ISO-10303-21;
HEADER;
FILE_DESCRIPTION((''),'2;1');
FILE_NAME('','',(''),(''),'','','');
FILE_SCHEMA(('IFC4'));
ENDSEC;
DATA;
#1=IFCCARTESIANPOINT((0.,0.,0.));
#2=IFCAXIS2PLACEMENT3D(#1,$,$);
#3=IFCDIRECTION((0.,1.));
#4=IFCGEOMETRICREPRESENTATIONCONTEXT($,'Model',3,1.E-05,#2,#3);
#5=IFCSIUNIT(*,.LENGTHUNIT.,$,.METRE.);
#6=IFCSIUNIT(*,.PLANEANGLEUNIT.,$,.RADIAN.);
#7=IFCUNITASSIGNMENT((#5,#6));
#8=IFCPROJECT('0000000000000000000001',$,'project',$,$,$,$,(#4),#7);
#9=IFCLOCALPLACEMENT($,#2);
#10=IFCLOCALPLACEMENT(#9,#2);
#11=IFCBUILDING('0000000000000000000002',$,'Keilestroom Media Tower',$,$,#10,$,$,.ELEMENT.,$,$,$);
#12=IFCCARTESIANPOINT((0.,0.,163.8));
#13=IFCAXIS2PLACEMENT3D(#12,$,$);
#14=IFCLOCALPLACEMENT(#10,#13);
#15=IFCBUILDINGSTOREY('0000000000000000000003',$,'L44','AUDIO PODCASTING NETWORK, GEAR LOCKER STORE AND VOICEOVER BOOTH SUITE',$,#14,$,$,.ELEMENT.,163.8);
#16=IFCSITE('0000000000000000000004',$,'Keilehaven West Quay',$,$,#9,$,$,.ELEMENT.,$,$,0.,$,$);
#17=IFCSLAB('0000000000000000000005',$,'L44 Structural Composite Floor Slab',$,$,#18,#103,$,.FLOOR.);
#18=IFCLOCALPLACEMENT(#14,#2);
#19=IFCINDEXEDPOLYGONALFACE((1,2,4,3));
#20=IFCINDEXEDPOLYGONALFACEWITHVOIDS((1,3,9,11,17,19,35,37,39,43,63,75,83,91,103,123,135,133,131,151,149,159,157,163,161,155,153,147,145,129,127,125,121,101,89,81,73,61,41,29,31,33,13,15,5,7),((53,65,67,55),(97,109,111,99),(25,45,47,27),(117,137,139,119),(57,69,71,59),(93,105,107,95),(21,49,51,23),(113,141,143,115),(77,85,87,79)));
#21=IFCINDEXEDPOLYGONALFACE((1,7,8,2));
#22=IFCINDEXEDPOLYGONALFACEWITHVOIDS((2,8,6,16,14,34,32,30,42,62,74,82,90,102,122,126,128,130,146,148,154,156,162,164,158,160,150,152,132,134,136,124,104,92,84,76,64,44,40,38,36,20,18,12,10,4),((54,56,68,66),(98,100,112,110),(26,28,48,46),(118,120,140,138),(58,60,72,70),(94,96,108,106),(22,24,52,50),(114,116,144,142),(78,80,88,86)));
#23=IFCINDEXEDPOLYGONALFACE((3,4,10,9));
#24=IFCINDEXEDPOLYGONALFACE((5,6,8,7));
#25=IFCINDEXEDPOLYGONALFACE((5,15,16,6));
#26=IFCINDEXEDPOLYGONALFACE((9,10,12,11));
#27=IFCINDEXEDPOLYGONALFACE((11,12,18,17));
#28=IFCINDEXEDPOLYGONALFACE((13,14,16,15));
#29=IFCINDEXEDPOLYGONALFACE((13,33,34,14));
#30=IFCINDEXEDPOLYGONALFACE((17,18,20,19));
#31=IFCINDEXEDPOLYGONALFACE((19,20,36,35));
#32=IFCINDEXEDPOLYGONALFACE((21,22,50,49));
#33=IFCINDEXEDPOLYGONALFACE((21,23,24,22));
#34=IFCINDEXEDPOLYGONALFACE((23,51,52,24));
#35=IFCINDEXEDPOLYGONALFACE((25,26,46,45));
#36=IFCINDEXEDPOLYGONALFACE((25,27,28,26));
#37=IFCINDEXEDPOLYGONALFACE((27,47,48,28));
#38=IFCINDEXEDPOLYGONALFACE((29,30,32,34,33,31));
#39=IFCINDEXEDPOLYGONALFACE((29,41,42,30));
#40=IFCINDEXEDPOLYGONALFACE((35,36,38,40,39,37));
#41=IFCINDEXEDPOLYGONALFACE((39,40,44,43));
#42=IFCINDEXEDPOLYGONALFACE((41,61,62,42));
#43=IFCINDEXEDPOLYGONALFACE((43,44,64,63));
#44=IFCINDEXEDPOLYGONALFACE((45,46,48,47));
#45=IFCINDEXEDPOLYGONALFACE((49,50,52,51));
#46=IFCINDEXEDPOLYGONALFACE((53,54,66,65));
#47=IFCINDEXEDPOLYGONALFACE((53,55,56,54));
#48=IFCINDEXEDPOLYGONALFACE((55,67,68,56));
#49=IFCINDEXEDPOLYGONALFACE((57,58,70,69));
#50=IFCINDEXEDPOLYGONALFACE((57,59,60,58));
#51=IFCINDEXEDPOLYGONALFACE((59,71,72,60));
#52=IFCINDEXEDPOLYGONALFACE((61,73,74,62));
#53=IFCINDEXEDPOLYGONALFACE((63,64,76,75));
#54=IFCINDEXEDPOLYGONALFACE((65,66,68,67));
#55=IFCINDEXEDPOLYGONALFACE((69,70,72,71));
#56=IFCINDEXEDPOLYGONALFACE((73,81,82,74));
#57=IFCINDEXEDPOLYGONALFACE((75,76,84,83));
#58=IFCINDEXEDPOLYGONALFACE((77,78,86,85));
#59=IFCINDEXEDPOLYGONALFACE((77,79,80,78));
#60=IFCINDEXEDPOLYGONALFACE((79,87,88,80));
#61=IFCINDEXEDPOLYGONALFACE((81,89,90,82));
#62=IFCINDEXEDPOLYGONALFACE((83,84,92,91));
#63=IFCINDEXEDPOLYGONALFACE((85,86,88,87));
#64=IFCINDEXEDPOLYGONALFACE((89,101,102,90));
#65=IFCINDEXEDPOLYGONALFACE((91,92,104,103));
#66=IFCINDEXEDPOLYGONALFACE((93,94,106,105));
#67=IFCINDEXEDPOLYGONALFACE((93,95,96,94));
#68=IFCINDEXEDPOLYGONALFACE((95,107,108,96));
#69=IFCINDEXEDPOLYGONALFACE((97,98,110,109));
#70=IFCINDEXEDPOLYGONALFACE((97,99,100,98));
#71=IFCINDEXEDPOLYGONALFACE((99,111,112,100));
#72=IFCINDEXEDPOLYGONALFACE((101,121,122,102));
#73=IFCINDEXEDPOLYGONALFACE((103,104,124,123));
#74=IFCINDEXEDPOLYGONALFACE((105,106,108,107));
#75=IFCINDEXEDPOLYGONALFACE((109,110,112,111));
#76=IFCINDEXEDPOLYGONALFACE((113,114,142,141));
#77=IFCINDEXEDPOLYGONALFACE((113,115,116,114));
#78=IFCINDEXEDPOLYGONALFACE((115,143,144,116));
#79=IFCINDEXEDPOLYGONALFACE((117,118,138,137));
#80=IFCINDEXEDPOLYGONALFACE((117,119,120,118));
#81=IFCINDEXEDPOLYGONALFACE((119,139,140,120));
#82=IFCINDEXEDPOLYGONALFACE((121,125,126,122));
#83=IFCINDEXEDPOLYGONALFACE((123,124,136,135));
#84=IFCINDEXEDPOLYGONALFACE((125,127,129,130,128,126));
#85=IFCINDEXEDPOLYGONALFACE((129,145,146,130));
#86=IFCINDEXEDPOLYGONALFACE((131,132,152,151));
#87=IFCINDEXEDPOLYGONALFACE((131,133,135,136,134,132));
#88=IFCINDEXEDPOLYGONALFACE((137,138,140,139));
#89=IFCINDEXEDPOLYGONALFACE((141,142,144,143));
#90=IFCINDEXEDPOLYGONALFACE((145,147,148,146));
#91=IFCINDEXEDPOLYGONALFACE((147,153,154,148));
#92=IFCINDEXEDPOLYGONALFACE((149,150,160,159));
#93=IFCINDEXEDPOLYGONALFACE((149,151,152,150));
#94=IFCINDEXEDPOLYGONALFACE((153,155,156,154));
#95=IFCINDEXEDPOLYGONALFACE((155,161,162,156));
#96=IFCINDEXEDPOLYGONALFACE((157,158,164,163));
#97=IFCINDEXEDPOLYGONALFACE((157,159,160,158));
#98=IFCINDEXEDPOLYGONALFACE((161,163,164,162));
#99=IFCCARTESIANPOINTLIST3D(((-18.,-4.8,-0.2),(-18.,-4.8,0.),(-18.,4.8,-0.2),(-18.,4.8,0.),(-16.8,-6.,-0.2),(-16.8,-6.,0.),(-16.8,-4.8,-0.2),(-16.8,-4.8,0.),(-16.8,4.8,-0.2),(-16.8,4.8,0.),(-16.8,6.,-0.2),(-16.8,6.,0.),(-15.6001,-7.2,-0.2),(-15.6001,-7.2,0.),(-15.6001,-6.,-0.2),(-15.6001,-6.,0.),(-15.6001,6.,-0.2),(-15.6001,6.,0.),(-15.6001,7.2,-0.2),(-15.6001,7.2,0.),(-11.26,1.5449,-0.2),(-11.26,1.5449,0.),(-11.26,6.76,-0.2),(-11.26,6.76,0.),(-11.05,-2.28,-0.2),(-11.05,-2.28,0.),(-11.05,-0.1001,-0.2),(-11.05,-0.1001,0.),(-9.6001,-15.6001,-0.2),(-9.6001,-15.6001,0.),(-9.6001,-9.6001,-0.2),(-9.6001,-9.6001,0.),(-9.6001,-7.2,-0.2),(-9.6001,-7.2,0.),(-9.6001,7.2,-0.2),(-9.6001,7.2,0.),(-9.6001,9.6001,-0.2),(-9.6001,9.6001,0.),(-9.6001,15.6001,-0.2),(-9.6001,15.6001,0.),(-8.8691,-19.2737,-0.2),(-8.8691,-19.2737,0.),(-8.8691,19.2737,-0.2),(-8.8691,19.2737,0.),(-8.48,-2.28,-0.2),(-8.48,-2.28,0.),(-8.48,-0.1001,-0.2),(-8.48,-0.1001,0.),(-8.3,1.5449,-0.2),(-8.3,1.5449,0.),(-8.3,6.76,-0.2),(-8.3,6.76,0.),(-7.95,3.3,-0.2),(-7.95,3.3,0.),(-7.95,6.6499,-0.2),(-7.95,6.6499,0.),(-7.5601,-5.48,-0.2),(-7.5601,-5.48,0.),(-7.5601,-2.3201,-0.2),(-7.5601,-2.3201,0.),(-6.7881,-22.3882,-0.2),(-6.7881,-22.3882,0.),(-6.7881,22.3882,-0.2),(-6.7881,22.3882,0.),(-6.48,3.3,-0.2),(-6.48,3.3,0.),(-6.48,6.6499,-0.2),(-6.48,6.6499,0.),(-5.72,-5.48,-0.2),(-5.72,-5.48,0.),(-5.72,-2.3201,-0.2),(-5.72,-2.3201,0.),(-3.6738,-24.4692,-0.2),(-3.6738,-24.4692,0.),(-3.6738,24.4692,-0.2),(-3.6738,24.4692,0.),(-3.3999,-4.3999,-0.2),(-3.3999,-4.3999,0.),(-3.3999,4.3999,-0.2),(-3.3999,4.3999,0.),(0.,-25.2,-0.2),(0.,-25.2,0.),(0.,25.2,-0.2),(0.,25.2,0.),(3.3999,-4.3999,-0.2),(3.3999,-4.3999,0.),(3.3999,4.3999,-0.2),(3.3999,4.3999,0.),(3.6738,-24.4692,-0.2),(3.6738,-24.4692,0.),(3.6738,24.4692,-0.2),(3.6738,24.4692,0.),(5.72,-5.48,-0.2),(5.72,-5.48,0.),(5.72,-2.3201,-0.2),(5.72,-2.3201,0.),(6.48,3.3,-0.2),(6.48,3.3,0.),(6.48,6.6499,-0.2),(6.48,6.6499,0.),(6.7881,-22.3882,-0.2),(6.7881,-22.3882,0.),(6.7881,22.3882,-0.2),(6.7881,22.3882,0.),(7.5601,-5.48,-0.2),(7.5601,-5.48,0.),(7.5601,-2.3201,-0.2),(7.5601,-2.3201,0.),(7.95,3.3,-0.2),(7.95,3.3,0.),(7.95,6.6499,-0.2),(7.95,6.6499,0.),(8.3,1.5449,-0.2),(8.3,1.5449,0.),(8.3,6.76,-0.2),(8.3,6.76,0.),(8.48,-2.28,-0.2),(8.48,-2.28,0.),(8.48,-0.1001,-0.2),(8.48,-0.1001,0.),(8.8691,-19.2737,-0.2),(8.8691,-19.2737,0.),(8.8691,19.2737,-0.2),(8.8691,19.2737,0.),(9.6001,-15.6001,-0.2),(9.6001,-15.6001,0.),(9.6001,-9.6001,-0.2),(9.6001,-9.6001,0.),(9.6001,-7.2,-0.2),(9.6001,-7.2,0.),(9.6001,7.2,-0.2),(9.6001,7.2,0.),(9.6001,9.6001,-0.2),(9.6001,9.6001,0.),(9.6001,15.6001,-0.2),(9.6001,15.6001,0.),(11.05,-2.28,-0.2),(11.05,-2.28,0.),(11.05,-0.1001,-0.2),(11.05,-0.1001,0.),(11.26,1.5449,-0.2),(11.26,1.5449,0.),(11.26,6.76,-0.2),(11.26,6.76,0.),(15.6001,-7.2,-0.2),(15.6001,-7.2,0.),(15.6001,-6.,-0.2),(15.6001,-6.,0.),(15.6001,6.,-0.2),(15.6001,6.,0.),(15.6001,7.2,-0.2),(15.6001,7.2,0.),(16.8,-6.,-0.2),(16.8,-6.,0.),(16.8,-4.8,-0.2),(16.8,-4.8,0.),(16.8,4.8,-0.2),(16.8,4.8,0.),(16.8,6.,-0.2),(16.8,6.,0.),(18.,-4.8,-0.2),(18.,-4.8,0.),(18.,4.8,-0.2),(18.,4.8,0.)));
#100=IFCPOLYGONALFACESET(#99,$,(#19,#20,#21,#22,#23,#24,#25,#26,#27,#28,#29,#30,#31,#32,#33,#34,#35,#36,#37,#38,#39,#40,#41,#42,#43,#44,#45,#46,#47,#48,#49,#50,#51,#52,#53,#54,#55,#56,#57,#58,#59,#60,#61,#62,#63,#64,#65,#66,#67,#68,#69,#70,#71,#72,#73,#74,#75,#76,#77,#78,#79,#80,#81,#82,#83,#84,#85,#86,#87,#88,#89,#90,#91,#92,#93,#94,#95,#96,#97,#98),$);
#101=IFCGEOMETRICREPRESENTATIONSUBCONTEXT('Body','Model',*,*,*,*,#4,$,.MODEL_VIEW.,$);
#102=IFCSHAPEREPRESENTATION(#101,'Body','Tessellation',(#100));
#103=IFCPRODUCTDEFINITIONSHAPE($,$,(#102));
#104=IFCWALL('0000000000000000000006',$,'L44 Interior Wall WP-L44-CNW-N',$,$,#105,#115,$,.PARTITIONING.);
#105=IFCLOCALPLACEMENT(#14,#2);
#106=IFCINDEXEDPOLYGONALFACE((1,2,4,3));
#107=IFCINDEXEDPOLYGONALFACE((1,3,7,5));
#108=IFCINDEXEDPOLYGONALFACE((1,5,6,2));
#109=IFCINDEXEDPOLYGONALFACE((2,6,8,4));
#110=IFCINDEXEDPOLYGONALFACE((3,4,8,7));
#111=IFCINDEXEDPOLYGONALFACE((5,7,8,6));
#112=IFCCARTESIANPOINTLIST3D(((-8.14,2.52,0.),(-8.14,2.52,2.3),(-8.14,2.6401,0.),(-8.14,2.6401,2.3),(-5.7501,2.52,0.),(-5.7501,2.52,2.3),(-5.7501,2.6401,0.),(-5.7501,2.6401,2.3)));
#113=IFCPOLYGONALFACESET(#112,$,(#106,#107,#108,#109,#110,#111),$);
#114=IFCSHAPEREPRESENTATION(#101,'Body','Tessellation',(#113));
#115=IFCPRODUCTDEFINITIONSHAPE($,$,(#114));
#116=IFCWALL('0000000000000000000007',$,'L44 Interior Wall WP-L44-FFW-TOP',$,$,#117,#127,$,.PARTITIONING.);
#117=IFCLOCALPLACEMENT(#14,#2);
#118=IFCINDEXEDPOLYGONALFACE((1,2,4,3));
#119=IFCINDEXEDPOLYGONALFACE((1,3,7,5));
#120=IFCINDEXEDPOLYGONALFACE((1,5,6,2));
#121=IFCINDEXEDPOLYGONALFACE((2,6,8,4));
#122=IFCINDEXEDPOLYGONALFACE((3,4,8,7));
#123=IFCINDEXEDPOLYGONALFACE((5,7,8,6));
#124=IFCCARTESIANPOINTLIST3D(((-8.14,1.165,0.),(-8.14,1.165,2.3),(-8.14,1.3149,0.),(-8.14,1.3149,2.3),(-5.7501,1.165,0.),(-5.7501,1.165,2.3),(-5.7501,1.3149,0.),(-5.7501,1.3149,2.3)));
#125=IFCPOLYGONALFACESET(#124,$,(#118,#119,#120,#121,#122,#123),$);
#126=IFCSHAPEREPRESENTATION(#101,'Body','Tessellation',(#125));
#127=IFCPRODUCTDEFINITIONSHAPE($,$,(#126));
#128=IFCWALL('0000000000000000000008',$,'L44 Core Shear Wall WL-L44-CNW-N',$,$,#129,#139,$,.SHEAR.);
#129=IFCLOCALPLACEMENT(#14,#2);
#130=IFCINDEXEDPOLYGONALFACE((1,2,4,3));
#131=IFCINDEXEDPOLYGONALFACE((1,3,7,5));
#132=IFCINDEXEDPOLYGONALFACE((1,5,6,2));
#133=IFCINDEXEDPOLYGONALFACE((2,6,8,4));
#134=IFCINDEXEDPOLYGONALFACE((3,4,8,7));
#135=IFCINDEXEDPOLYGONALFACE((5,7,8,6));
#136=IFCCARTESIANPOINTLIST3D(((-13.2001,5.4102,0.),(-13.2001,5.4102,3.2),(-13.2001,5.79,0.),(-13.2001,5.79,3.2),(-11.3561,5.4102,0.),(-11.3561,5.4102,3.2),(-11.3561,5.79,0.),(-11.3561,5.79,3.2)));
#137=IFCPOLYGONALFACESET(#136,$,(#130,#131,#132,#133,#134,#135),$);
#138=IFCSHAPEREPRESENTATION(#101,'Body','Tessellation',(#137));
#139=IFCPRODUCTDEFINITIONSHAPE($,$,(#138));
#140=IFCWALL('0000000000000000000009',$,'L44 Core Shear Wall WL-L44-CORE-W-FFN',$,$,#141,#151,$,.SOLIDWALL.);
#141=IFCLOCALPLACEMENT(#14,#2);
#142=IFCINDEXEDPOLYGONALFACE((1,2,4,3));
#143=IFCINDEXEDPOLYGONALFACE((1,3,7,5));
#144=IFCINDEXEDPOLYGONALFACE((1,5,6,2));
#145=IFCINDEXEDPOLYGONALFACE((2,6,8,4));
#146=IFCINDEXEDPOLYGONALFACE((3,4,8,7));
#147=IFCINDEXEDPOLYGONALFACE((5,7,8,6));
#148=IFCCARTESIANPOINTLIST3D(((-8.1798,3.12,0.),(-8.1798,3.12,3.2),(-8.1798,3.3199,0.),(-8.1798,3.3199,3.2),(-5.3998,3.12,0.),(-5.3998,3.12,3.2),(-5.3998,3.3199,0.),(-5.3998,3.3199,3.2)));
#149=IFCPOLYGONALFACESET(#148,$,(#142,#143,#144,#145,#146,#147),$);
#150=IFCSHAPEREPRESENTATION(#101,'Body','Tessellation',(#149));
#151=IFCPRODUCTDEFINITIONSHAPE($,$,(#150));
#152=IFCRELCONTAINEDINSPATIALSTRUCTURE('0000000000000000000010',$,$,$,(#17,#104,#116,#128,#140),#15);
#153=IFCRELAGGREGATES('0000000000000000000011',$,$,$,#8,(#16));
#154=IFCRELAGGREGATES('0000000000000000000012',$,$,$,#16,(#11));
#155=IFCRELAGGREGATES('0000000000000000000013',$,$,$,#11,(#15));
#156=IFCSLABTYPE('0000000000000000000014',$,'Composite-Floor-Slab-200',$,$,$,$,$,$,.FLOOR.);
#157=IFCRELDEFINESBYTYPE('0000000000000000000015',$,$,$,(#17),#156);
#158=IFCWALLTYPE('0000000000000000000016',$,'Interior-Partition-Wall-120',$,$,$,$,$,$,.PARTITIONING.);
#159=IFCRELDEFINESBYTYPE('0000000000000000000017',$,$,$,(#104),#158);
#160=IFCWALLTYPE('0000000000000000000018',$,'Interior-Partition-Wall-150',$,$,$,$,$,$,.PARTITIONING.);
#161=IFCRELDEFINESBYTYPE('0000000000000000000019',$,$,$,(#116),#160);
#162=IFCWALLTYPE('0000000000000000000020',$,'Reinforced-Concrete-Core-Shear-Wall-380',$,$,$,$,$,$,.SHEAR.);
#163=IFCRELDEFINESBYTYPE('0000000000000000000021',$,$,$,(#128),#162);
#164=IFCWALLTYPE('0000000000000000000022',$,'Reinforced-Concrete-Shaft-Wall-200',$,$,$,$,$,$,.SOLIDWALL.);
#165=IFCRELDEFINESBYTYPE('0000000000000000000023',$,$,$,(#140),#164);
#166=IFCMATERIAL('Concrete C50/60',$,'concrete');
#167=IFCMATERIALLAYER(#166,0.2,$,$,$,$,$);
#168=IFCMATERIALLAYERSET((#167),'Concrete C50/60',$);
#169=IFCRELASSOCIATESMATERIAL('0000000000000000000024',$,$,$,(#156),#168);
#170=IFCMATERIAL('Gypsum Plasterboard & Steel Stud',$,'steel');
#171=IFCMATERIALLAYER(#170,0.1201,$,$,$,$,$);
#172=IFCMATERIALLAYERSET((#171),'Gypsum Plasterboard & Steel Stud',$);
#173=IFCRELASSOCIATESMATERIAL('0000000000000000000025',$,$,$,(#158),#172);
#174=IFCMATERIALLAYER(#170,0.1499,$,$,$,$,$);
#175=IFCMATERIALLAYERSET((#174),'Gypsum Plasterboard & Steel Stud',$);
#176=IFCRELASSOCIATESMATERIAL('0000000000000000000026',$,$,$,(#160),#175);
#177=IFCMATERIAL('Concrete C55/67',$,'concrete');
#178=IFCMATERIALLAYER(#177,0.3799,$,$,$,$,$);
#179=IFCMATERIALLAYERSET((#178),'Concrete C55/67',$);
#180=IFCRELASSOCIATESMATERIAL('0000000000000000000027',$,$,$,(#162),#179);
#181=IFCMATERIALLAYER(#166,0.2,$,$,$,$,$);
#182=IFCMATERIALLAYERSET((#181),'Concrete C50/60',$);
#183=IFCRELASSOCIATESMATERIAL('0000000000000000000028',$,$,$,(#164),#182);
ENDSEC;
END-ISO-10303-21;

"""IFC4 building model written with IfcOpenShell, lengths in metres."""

from ifc_helpers import new_model, si_unit, direction, frame, frame_2d, origin, place, context, subcontext, project, spatial, polyline, rectangle, outline, extrude, material, layer, layer_set, type_object, element, save


model = new_model("IFC4")

# Units and contexts
model_context = context("Model", 3, precision=1e-05, world=origin(), true_north=direction((0.0, 1.0)))
body_context = subcontext(model_context, "Body", "Model", "MODEL_VIEW")
ifc_project = project(units=[si_unit("LENGTHUNIT", "METRE"), si_unit("PLANEANGLEUNIT", "RADIAN")], contexts=[model_context])

# Site, building, storey
site_placement = place(None, origin())
site = spatial("IfcSite", under=ifc_project, at=site_placement, Name="Keilehaven West Quay", CompositionType="ELEMENT", RefElevation=0.0)
building_placement = place(site_placement, origin())
building = spatial("IfcBuilding", under=site, at=building_placement, Name="Keilestroom Media Tower", CompositionType="ELEMENT")
storey_placement = place(building_placement, frame((0.0, 0.0, 163.8)))
storey = spatial("IfcBuildingStorey", under=building, at=storey_placement, Name="L44", Description="AUDIO PODCASTING NETWORK, GEAR LOCKER STORE AND VOICEOVER BOOTH SUITE", CompositionType="ELEMENT", Elevation=163.8)

# Slab
ifc_material_1 = material(Name="Concrete C50/60", Category="concrete")
ifc_layer_1 = layer(ifc_material_1, 0.2)
ifc_layer_set_1 = layer_set([ifc_layer_1], Name="Concrete C50/60")
slab_type = type_object("IfcSlabType", Name="Composite-Floor-Slab-200", PredefinedType="FLOOR", material=ifc_layer_set_1)
slab_placement = place(storey_placement, frame((0.0, 0.0, -0.2)))
element("IfcSlab", 1, at=slab_placement, inside=storey, type_object=slab_type, Name="L44 Structural Composite Floor Slab", PredefinedType="FLOOR", context=body_context, shape_type="SweptSolid", body=[
    extrude(outline(polyline([(18.0, -4.8), (18.0, 4.8), (16.8, 4.8), (16.8, 6.0), (15.6001, 6.0), (15.6001, 7.2), (9.6001, 7.2), (9.6001, 9.6001), (9.6001, 15.6001), (8.8691, 19.2737), (6.7881, 22.3882), (3.6738, 24.4692), (0.0, 25.2), (-3.6738, 24.4692), (-6.7881, 22.3882), (-8.8691, 19.2737), (-9.6001, 15.6001), (-9.6001, 9.6001), (-9.6001, 7.2), (-15.6001, 7.2), (-15.6001, 6.0), (-16.8, 6.0), (-16.8, 4.8), (-18.0, 4.8), (-18.0, -4.8), (-16.8, -4.8), (-16.8, -6.0), (-15.6001, -6.0), (-15.6001, -7.2), (-9.6001, -7.2), (-9.6001, -9.6001), (-9.6001, -15.6001), (-8.8691, -19.2737), (-6.7881, -22.3882), (-3.6738, -24.4692), (0.0, -25.2), (3.6738, -24.4692), (6.7881, -22.3882), (8.8691, -19.2737), (9.6001, -15.6001), (9.6001, -9.6001), (9.6001, -7.2), (15.6001, -7.2), (15.6001, -6.0), (16.8, -6.0), (16.8, -4.8), (18.0, -4.8)]), holes=[polyline([(-11.26, 1.5449), (-11.26, 6.76), (-8.3, 6.76), (-8.3, 1.5449), (-11.26, 1.5449)]), polyline([(-11.05, -2.28), (-11.05, -0.1001), (-8.48, -0.1001), (-8.48, -2.28), (-11.05, -2.28)]), polyline([(-7.95, 3.3), (-7.95, 6.6499), (-6.48, 6.6499), (-6.48, 3.3), (-7.95, 3.3)]), polyline([(-7.5601, -2.3201), (-5.72, -2.3201), (-5.72, -5.48), (-7.5601, -5.48), (-7.5601, -2.3201)]), polyline([(3.3999, -4.3999), (-3.3999, -4.3999), (-3.3999, 4.3999), (3.3999, 4.3999), (3.3999, -4.3999)]), polyline([(7.5601, -2.3201), (7.5601, -5.48), (5.72, -5.48), (5.72, -2.3201), (7.5601, -2.3201)]), polyline([(6.48, 3.3), (6.48, 6.6499), (7.95, 6.6499), (7.95, 3.3), (6.48, 3.3)]), polyline([(8.3, 1.5449), (8.3, 6.76), (11.26, 6.76), (11.26, 1.5449), (8.3, 1.5449)]), polyline([(8.48, -2.28), (8.48, -0.1001), (11.05, -0.1001), (11.05, -2.28), (8.48, -2.28)])]), origin(), (0.0, 0.0, 1.0), 0.2),
])

# Walls
ifc_material_2 = material(Name="Gypsum Plasterboard & Steel Stud", Category="steel")
ifc_layer_2 = layer(ifc_material_2, 0.1201)
ifc_layer_set_2 = layer_set([ifc_layer_2], Name="Gypsum Plasterboard & Steel Stud")
wall_type_1 = type_object("IfcWallType", Name="Interior-Partition-Wall-120", PredefinedType="PARTITIONING", material=ifc_layer_set_2)
wall_1_placement = place(storey_placement, frame((-8.1399, 2.5801, 0.0), z_axis=(0.0, 0.0, 1.0), x_axis=(1.0, 0.0, 0.0)))
element("IfcWall", 2, at=wall_1_placement, inside=storey, type_object=wall_type_1, Name="L44 Interior Wall WP-L44-CNW-N", PredefinedType="PARTITIONING", context=body_context, shape_type="SweptSolid", body=[
    extrude(rectangle(XDim=2.3899, YDim=0.1201, at=frame_2d((1.1948, 0.0))), origin(), (0.0, 0.0, 1.0), 2.3),
])
ifc_layer_3 = layer(ifc_material_2, 0.1499)
ifc_layer_set_3 = layer_set([ifc_layer_3], Name="Gypsum Plasterboard & Steel Stud")
wall_type_2 = type_object("IfcWallType", Name="Interior-Partition-Wall-150", PredefinedType="PARTITIONING", material=ifc_layer_set_3)
wall_2_placement = place(storey_placement, frame((-8.1399, 1.24, 0.0), z_axis=(0.0, 0.0, 1.0), x_axis=(1.0, 0.0, 0.0)))
element("IfcWall", 3, at=wall_2_placement, inside=storey, type_object=wall_type_2, Name="L44 Interior Wall WP-L44-FFW-TOP", PredefinedType="PARTITIONING", context=body_context, shape_type="SweptSolid", body=[
    extrude(rectangle(XDim=2.3899, YDim=0.1499, at=frame_2d((1.1948, 0.0))), origin(), (0.0, 0.0, 1.0), 2.3),
])
ifc_material_3 = material(Name="Concrete C55/67", Category="concrete")
ifc_layer_4 = layer(ifc_material_3, 0.3799)
ifc_layer_set_4 = layer_set([ifc_layer_4], Name="Concrete C55/67")
wall_type_3 = type_object("IfcWallType", Name="Reinforced-Concrete-Core-Shear-Wall-380", PredefinedType="SHEAR", material=ifc_layer_set_4)
wall_3_placement = place(storey_placement, frame((-13.2, 5.6001, 0.0), z_axis=(0.0, 0.0, 1.0), x_axis=(1.0, 0.0, 0.0)))
element("IfcWall", 4, at=wall_3_placement, inside=storey, type_object=wall_type_3, Name="L44 Core Shear Wall WL-L44-CNW-N", PredefinedType="SHEAR", context=body_context, shape_type="SweptSolid", body=[
    extrude(rectangle(XDim=1.844, YDim=0.3799, at=frame_2d((0.9219, 0.0))), origin(), (0.0, 0.0, 1.0), 3.2),
])
ifc_layer_5 = layer(ifc_material_1, 0.2)
ifc_layer_set_5 = layer_set([ifc_layer_5], Name="Concrete C50/60")
wall_type_4 = type_object("IfcWallType", Name="Reinforced-Concrete-Shaft-Wall-200", PredefinedType="SOLIDWALL", material=ifc_layer_set_5)
wall_4_placement = place(storey_placement, frame((-8.1799, 3.22, 0.0), z_axis=(0.0, 0.0, 1.0), x_axis=(1.0, 0.0, 0.0)))
element("IfcWall", 5, at=wall_4_placement, inside=storey, type_object=wall_type_4, Name="L44 Core Shear Wall WL-L44-CORE-W-FFN", PredefinedType="SOLIDWALL", context=body_context, shape_type="SweptSolid", body=[
    extrude(rectangle(XDim=2.78, YDim=0.2, at=frame_2d((1.3901, 0.0))), origin(), (0.0, 0.0, 1.0), 3.2),
])

save(model, "model.ifc")
